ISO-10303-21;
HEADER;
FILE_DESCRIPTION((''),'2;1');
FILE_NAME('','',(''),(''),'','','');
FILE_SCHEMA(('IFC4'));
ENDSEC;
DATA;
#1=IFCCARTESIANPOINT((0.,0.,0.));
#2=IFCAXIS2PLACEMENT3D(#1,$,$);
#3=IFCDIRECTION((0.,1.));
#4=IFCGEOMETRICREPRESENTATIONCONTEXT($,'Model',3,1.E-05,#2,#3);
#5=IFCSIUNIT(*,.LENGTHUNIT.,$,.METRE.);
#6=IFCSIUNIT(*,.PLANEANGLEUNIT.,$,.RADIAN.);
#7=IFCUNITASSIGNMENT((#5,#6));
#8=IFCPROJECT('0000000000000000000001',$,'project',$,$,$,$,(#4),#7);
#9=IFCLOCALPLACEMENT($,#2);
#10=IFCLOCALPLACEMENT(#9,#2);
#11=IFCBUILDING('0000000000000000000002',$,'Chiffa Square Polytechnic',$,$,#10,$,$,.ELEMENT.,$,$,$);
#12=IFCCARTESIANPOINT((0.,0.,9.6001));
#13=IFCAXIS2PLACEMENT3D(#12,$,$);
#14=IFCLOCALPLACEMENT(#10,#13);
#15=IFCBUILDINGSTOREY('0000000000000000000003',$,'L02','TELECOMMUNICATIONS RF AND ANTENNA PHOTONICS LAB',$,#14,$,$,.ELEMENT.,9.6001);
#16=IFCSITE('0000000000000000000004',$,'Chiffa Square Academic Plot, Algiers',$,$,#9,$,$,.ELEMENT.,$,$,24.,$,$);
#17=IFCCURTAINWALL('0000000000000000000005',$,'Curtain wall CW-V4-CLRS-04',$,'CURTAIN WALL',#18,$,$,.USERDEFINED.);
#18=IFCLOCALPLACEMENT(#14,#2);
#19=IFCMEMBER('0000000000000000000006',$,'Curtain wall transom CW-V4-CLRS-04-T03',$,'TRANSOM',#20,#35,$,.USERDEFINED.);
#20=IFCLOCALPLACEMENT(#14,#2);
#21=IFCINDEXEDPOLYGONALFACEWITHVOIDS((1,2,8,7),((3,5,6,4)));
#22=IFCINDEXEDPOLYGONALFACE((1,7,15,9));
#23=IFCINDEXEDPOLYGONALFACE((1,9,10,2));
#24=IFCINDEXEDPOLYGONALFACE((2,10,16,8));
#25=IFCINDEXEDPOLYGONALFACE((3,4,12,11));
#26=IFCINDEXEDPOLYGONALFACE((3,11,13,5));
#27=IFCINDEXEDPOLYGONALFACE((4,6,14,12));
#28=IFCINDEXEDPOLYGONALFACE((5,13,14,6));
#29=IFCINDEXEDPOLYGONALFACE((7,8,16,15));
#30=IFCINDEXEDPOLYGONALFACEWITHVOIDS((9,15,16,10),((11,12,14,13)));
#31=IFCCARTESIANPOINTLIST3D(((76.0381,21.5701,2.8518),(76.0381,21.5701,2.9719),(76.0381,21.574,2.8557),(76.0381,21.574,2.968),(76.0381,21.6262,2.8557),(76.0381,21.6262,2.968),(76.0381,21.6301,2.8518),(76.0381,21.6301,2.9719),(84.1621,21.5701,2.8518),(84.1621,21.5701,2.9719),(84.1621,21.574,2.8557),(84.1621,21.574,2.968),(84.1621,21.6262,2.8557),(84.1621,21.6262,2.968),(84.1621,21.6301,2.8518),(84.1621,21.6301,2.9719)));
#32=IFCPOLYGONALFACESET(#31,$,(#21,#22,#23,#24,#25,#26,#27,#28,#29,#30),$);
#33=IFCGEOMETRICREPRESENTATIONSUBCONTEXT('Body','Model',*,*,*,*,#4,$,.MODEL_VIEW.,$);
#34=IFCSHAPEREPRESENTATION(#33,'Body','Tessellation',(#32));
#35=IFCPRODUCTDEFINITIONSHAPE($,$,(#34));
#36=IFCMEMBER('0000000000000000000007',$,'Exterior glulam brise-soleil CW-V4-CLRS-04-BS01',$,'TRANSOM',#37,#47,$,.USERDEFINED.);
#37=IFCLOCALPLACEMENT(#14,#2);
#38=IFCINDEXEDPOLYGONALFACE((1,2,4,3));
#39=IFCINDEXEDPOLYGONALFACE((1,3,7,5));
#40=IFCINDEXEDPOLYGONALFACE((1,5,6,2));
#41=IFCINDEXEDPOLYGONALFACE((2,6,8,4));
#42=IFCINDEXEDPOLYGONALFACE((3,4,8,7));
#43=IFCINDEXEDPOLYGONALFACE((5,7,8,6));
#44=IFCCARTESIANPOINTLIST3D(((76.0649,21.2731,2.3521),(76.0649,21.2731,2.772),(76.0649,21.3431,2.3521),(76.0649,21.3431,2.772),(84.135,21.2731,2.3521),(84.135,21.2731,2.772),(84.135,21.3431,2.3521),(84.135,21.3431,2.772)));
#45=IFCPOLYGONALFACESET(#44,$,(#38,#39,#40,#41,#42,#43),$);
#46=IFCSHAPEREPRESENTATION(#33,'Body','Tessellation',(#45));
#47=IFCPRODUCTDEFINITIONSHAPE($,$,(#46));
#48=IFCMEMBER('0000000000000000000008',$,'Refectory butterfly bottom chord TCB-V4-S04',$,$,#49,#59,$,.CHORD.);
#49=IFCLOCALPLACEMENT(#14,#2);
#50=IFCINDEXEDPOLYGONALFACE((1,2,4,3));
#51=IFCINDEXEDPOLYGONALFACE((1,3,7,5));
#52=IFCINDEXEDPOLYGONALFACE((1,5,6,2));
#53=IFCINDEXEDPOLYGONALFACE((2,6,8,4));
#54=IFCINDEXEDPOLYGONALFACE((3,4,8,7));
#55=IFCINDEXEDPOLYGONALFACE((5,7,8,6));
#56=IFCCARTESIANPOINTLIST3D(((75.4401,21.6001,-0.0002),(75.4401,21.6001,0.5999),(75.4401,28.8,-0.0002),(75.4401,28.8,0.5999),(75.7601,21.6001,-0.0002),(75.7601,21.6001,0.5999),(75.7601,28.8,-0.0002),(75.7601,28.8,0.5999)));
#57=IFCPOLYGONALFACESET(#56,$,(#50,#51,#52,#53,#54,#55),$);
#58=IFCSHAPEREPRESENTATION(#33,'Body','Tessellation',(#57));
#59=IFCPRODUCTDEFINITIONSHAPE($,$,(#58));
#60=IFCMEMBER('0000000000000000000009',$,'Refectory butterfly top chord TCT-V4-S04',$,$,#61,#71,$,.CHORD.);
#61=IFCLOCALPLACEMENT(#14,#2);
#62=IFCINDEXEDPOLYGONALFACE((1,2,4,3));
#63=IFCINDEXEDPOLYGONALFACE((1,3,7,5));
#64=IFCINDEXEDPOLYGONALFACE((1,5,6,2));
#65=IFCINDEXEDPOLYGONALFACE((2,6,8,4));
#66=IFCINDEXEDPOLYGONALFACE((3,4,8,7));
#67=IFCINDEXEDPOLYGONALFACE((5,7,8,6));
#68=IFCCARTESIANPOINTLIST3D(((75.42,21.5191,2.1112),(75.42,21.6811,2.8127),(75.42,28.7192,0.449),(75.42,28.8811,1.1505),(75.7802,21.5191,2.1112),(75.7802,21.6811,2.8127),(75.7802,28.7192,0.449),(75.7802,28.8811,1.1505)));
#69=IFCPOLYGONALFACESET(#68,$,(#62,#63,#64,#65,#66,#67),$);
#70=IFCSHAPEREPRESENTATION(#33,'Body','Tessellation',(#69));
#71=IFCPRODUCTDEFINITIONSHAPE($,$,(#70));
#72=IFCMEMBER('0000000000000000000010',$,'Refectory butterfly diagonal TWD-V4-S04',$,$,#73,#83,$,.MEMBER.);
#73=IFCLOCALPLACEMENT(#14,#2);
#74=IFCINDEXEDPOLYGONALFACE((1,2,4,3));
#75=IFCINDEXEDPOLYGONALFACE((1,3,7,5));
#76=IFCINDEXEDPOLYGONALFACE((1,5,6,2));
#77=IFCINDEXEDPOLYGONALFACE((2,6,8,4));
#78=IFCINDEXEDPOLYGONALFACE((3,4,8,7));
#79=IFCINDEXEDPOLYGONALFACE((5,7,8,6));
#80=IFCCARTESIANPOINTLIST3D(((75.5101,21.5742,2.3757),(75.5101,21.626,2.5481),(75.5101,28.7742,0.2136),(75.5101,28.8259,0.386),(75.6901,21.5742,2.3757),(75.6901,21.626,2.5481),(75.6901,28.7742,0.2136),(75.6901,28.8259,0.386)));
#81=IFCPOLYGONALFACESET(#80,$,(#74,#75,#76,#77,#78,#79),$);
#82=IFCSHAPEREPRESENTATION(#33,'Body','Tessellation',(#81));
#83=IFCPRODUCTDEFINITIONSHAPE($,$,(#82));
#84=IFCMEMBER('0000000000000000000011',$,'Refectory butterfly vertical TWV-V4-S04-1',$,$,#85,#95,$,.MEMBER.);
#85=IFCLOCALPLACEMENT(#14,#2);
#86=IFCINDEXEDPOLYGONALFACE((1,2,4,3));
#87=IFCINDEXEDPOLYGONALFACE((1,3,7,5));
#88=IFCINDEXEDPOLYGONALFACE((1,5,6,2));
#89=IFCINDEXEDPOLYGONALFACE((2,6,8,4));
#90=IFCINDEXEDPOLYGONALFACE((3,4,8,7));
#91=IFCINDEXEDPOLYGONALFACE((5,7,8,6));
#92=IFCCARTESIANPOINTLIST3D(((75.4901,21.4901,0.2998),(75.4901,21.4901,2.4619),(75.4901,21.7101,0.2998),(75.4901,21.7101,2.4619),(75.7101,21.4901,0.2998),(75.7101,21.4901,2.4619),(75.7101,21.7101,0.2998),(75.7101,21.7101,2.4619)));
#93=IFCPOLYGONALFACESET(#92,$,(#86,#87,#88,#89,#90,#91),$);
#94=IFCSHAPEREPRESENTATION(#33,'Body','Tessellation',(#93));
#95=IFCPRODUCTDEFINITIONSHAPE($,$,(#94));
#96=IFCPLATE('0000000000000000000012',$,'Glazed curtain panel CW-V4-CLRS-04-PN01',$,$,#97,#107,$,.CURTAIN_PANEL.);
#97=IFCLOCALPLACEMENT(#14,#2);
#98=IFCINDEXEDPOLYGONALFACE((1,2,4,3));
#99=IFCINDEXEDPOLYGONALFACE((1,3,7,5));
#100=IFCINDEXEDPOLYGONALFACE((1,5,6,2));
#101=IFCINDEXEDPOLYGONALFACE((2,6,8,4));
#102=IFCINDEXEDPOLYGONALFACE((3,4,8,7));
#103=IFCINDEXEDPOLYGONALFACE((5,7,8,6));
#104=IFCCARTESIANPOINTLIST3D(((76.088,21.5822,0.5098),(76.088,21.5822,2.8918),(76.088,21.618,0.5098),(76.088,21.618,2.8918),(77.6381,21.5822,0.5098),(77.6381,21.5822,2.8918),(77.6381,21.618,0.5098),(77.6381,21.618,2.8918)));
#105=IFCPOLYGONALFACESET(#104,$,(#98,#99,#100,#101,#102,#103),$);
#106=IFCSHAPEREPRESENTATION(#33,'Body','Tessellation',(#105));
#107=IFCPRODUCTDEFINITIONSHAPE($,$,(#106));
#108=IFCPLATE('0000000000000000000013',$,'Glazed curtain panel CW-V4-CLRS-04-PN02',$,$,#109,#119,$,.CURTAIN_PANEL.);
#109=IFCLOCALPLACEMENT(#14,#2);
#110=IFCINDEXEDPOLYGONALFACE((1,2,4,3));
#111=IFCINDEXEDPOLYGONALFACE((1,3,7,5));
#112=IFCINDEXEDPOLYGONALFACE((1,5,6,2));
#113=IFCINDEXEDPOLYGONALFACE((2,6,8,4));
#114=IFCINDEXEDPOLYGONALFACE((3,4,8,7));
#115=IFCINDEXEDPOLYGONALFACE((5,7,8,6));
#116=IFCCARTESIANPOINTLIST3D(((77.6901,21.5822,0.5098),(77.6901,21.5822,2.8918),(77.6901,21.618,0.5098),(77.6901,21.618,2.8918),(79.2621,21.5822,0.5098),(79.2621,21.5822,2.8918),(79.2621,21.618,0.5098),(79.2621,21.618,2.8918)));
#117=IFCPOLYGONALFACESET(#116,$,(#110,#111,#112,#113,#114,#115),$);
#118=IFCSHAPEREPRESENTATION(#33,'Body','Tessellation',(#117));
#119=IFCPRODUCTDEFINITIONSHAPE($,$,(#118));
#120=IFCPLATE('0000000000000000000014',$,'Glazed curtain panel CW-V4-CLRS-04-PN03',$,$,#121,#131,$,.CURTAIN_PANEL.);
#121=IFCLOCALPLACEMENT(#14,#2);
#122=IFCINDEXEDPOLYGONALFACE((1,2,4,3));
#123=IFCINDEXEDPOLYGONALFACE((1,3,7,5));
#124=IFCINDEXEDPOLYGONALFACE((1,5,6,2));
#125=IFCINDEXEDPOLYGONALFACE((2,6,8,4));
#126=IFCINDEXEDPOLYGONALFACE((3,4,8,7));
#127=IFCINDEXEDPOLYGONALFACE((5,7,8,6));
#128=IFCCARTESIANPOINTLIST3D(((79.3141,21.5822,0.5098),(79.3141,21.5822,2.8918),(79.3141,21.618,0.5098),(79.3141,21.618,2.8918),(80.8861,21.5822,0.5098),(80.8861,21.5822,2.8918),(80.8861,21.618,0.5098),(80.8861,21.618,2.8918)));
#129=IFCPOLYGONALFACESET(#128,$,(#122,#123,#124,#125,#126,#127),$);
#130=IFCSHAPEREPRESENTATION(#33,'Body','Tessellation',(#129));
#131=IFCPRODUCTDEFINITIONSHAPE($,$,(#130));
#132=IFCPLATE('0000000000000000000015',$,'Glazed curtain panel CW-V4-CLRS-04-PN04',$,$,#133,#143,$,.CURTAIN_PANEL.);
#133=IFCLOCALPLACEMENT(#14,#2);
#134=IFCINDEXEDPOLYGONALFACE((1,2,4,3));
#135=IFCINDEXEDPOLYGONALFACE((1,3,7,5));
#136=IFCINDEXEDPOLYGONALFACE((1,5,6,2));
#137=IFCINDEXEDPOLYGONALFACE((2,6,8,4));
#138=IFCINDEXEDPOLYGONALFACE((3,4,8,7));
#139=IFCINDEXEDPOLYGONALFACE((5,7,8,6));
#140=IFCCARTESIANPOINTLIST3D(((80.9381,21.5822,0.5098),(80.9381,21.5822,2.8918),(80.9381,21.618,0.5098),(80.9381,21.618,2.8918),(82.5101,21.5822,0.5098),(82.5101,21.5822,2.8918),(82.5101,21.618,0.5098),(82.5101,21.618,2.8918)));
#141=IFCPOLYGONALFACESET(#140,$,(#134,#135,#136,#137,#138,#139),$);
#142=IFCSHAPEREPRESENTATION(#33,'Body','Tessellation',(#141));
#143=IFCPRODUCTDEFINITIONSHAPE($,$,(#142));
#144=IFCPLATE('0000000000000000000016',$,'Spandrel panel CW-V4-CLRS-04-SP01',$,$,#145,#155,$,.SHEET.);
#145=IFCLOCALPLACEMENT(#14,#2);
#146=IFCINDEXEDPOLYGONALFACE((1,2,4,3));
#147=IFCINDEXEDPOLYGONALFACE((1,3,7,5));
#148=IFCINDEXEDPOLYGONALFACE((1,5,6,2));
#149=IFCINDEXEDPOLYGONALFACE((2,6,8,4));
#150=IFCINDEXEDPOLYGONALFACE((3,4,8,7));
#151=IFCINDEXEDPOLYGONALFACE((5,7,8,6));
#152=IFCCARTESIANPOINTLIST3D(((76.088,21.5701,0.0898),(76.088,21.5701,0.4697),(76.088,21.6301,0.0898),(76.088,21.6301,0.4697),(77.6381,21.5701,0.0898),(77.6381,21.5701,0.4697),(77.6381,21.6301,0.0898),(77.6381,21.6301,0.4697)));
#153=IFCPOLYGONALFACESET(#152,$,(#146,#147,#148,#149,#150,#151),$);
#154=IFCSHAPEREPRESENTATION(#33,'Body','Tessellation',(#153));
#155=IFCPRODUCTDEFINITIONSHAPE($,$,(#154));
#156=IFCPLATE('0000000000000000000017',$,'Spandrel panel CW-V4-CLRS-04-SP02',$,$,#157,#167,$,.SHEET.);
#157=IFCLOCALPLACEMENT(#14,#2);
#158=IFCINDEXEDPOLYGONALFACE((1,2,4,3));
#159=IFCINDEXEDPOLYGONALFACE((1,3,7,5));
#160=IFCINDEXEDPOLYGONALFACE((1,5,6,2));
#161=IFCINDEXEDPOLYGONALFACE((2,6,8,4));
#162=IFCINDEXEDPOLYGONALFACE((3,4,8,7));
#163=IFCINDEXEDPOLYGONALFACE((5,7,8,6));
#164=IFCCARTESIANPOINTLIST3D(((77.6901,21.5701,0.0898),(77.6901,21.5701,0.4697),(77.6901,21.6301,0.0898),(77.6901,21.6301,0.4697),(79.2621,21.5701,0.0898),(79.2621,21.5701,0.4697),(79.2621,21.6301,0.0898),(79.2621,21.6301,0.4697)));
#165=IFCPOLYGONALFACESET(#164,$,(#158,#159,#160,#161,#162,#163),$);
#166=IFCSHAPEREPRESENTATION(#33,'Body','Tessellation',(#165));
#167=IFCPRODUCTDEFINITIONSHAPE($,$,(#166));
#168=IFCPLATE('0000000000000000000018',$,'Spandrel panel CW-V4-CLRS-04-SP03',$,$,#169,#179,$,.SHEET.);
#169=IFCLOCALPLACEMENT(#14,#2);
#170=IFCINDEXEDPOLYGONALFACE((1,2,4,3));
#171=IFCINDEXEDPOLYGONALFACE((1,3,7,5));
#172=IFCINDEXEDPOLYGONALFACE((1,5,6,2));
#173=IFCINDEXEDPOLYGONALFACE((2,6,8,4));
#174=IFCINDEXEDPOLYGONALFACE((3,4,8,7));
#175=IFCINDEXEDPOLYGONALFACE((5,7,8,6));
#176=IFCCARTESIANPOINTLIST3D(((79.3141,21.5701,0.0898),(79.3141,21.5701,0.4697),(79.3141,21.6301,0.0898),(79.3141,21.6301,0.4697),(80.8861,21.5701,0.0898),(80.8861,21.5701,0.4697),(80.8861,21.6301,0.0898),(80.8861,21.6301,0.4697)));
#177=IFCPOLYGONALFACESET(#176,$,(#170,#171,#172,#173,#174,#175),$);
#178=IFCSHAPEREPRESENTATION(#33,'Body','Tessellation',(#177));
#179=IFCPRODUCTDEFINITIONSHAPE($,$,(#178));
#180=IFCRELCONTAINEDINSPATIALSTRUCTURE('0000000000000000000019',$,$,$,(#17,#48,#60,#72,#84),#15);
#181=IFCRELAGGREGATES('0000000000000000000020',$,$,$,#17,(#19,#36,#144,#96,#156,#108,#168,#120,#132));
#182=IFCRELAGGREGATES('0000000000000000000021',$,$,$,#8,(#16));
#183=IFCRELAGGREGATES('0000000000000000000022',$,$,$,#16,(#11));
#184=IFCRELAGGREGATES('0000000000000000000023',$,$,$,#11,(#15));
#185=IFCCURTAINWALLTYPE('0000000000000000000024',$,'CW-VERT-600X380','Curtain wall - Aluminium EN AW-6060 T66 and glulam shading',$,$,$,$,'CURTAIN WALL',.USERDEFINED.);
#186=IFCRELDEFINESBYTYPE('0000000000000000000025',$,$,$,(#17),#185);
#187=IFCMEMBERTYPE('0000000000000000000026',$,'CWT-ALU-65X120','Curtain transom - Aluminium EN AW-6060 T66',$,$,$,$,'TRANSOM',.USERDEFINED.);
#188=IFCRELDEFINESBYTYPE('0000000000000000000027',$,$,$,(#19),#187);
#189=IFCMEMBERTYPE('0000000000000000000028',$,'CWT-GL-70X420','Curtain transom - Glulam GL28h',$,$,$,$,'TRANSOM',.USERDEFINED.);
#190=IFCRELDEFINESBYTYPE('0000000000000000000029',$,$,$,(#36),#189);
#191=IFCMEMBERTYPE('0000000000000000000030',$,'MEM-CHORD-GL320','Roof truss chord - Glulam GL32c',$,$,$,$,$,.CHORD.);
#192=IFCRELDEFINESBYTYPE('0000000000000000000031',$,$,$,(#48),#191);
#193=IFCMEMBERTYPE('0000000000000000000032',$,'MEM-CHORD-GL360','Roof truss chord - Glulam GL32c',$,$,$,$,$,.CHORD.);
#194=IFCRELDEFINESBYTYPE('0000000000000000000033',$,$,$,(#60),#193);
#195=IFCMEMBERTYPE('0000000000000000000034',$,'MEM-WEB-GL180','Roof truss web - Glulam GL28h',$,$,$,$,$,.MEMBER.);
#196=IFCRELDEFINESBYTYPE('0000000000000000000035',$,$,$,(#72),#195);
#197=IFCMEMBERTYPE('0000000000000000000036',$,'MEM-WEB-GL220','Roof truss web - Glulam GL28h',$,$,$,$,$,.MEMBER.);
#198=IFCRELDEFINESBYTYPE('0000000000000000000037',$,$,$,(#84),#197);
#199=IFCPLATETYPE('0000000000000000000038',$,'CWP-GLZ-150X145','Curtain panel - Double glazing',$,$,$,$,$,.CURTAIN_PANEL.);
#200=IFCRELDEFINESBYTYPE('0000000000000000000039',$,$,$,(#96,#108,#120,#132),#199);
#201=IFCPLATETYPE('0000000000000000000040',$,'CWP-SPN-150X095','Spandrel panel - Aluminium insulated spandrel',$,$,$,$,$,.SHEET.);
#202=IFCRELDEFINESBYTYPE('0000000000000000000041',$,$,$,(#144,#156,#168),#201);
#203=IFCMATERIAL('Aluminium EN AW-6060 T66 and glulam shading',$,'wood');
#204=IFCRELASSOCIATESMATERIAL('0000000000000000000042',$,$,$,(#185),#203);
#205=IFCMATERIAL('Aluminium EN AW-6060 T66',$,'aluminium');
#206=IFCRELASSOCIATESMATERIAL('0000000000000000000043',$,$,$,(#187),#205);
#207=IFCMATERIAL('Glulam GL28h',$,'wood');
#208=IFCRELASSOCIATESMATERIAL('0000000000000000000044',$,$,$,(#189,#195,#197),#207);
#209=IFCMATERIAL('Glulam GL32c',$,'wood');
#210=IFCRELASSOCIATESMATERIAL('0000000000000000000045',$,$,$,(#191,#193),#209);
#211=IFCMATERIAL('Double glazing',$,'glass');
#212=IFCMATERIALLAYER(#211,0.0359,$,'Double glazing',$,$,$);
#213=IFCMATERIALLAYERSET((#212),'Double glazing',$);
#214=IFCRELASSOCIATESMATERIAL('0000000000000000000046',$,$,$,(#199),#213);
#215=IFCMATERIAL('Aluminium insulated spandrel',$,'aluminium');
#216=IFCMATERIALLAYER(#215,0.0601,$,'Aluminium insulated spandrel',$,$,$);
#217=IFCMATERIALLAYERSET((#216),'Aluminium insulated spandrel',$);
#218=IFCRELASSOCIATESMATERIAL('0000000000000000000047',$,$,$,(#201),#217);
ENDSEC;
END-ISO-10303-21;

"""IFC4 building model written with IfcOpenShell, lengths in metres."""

from ifc_helpers import new_model, si_unit, direction, frame, origin, origin_2d, place, context, subcontext, project, spatial, rectangle, hollow_rectangle, extrude, material, layer, layer_set, material_profile, profile_set, type_object, element, aggregate, save


model = new_model("IFC4")

# Units and contexts
model_context = context("Model", 3, precision=1e-05, world=origin(), true_north=direction((0.0, 1.0)))
body_context = subcontext(model_context, "Body", "Model", "MODEL_VIEW")
ifc_project = project(units=[si_unit("LENGTHUNIT", "METRE"), si_unit("PLANEANGLEUNIT", "RADIAN")], contexts=[model_context])

# Site, building, storey
site_placement = place(None, origin())
site = spatial("IfcSite", under=ifc_project, at=site_placement, Name="Chiffa Square Academic Plot, Algiers", CompositionType="ELEMENT", RefElevation=24.0)
building_placement = place(site_placement, origin())
building = spatial("IfcBuilding", under=site, at=building_placement, Name="Chiffa Square Polytechnic", CompositionType="ELEMENT")
storey_placement = place(building_placement, frame((0.0, 0.0, 9.6001)))
storey = spatial("IfcBuildingStorey", under=building, at=storey_placement, Name="L02", Description="TELECOMMUNICATIONS RF AND ANTENNA PHOTONICS LAB", CompositionType="ELEMENT", Elevation=9.6001)

# Shared definitions
ifc_material_1 = material(Name="Aluminium EN AW-6060 T66 and glulam shading", Category="wood")
ifc_material_2 = material(Name="Aluminium EN AW-6060 T66", Category="aluminium")

# Curtain wall
curtain_wall_type_1 = type_object("IfcCurtainWallType", Name="CW-VERT-600X380", Description="Curtain wall - Aluminium EN AW-6060 T66 and glulam shading", ElementType="CURTAIN WALL", PredefinedType="USERDEFINED", material=ifc_material_1)
curtain_wall_1_placement = place(storey_placement, origin())
curtain_wall_1 = element("IfcCurtainWall", 1, at=curtain_wall_1_placement, inside=storey, type_object=curtain_wall_type_1, Name="Curtain wall CW-V4-CLRS-04", ObjectType="CURTAIN WALL", PredefinedType="USERDEFINED")

# Members
ifc_material_3 = material(Name="Glulam GL28h", Category="wood")
ifc_material_profile_1 = material_profile(ifc_material_2, hollow_rectangle(XDim=0.0601, YDim=0.1201, WallThickness=0.0039, at=origin_2d()), Name="ALU 60x120x4")
ifc_profile_set_1 = profile_set([ifc_material_profile_1], Name="Aluminium EN AW-6060 T66")
member_type_1 = type_object("IfcMemberType", Name="CWT-ALU-65X120", Description="Curtain transom - Aluminium EN AW-6060 T66", ElementType="TRANSOM", PredefinedType="USERDEFINED", material=ifc_profile_set_1)
member_1_placement = place(storey_placement, frame((76.0381, 21.6001, 2.9119), z_axis=(1.0, 0.0, 0.0), x_axis=(0.0, 1.0, 0.0)))
member_1 = element("IfcMember", 2, at=member_1_placement, type_object=member_type_1, Name="Curtain wall transom CW-V4-CLRS-04-T03", ObjectType="TRANSOM", PredefinedType="USERDEFINED", context=body_context, shape_type="SweptSolid", body=[
    extrude(hollow_rectangle(XDim=0.0601, YDim=0.1201, WallThickness=0.0039, at=origin_2d()), origin(), (0.0, 0.0, 1.0), 8.124),
])
ifc_material_profile_2 = material_profile(ifc_material_3, rectangle(XDim=0.0701, YDim=0.4199, at=origin_2d()), Name="GL28h 70x420")
ifc_profile_set_2 = profile_set([ifc_material_profile_2], Name="Glulam GL28h")
member_type_2 = type_object("IfcMemberType", Name="CWT-GL-70X420", Description="Curtain transom - Glulam GL28h", ElementType="TRANSOM", PredefinedType="USERDEFINED", material=ifc_profile_set_2)
member_2_placement = place(storey_placement, frame((76.0649, 21.3081, 2.562), z_axis=(1.0, 0.0, 0.0), x_axis=(0.0, 1.0, 0.0)))
member_2 = element("IfcMember", 3, at=member_2_placement, type_object=member_type_2, Name="Exterior glulam brise-soleil CW-V4-CLRS-04-BS01", ObjectType="TRANSOM", PredefinedType="USERDEFINED", context=body_context, shape_type="SweptSolid", body=[
    extrude(rectangle(XDim=0.0701, YDim=0.4199, at=origin_2d()), origin(), (0.0, 0.0, 1.0), 8.0701),
])

# Members
ifc_material_4 = material(Name="Glulam GL32c", Category="wood")
ifc_material_profile_3 = material_profile(ifc_material_4, rectangle(XDim=0.3201, YDim=0.6001, at=origin_2d()), Name="GL32c 320x600")
ifc_profile_set_3 = profile_set([ifc_material_profile_3], Name="Glulam GL32c")
member_type_3 = type_object("IfcMemberType", Name="MEM-CHORD-GL320", Description="Roof truss chord - Glulam GL32c", PredefinedType="CHORD", material=ifc_profile_set_3)
member_3_placement = place(storey_placement, frame((75.6001, 21.6001, 0.2998), z_axis=(0.0, 1.0, 0.0), x_axis=(-1.0, 0.0, 0.0)))
element("IfcMember", 4, at=member_3_placement, inside=storey, type_object=member_type_3, Name="Refectory butterfly bottom chord TCB-V4-S04", PredefinedType="CHORD", context=body_context, shape_type="SweptSolid", body=[
    extrude(rectangle(XDim=0.3201, YDim=0.6001, at=origin_2d()), origin(), (0.0, 0.0, 1.0), 7.2),
])
ifc_material_profile_4 = material_profile(ifc_material_4, rectangle(XDim=0.3601, YDim=0.72, at=origin_2d()), Name="GL32c 360x720")
ifc_profile_set_4 = profile_set([ifc_material_profile_4], Name="Glulam GL32c")
member_type_4 = type_object("IfcMemberType", Name="MEM-CHORD-GL360", Description="Roof truss chord - Glulam GL32c", PredefinedType="CHORD", material=ifc_profile_set_4)
member_4_placement = place(storey_placement, frame((75.6001, 21.6001, 2.4619), z_axis=(0.0, 0.974374, -0.224934), x_axis=(-1.0, 0.0, 0.0)))
element("IfcMember", 5, at=member_4_placement, inside=storey, type_object=member_type_4, Name="Refectory butterfly top chord TCT-V4-S04", PredefinedType="CHORD", context=body_context, shape_type="SweptSolid", body=[
    extrude(rectangle(XDim=0.3601, YDim=0.72, at=origin_2d()), origin(), (0.0, 0.0, 1.0), 7.3894),
])
ifc_material_profile_5 = material_profile(ifc_material_3, rectangle(XDim=0.1799, YDim=0.1799, at=origin_2d()), Name="GL28h 180x180")
ifc_profile_set_5 = profile_set([ifc_material_profile_5], Name="Glulam GL28h")
member_type_5 = type_object("IfcMemberType", Name="MEM-WEB-GL180", Description="Roof truss web - Glulam GL28h", PredefinedType="MEMBER", material=ifc_profile_set_5)
member_5_placement = place(storey_placement, frame((75.6001, 21.6001, 2.4619), z_axis=(0.0, 0.957748, -0.287607), x_axis=(-1.0, 0.0, 0.0)))
element("IfcMember", 6, at=member_5_placement, inside=storey, type_object=member_type_5, Name="Refectory butterfly diagonal TWD-V4-S04", PredefinedType="MEMBER", context=body_context, shape_type="SweptSolid", body=[
    extrude(rectangle(XDim=0.1799, YDim=0.1799, at=origin_2d()), origin(), (0.0, 0.0, 1.0), 7.5176),
])
ifc_material_profile_6 = material_profile(ifc_material_3, rectangle(XDim=0.22, YDim=0.22, at=origin_2d()), Name="GL28h 220x220")
ifc_profile_set_6 = profile_set([ifc_material_profile_6], Name="Glulam GL28h")
member_type_6 = type_object("IfcMemberType", Name="MEM-WEB-GL220", Description="Roof truss web - Glulam GL28h", PredefinedType="MEMBER", material=ifc_profile_set_6)
member_6_placement = place(storey_placement, frame((75.6001, 21.6001, 0.2998), z_axis=(0.0, 0.0, 1.0), x_axis=(1.0, 0.0, 0.0)))
element("IfcMember", 7, at=member_6_placement, inside=storey, type_object=member_type_6, Name="Refectory butterfly vertical TWV-V4-S04-1", PredefinedType="MEMBER", context=body_context, shape_type="SweptSolid", body=[
    extrude(rectangle(XDim=0.22, YDim=0.22, at=origin_2d()), origin(), (0.0, 0.0, 1.0), 2.1621),
])

# Plates
ifc_material_5 = material(Name="Double glazing", Category="glass")
ifc_layer_1 = layer(ifc_material_5, 0.0359, Name="Double glazing")
ifc_layer_set_1 = layer_set([ifc_layer_1], Name="Double glazing")
plate_type_1 = type_object("IfcPlateType", Name="CWP-GLZ-150X145", Description="Curtain panel - Double glazing", PredefinedType="CURTAIN_PANEL", material=ifc_layer_set_1)
plate_1_placement = place(storey_placement, frame((76.863, 21.6001, 0.5098), z_axis=(0.0, 0.0, 1.0), x_axis=(1.0, 0.0, 0.0)))
plate_1 = element("IfcPlate", 8, at=plate_1_placement, type_object=plate_type_1, Name="Glazed curtain panel CW-V4-CLRS-04-PN01", PredefinedType="CURTAIN_PANEL", context=body_context, shape_type="SweptSolid", body=[
    extrude(rectangle(XDim=1.55, YDim=0.0359, at=origin_2d()), origin(), (0.0, 0.0, 1.0), 2.3821),
])
plate_2_placement = place(storey_placement, frame((78.4761, 21.6001, 0.5098), z_axis=(0.0, 0.0, 1.0), x_axis=(1.0, 0.0, 0.0)))
plate_2 = element("IfcPlate", 9, at=plate_2_placement, type_object=plate_type_1, Name="Glazed curtain panel CW-V4-CLRS-04-PN02", PredefinedType="CURTAIN_PANEL", context=body_context, shape_type="SweptSolid", body=[
    extrude(rectangle(XDim=1.572, YDim=0.0359, at=origin_2d()), origin(), (0.0, 0.0, 1.0), 2.3821),
])
plate_3_placement = place(storey_placement, frame((80.1001, 21.6001, 0.5098), z_axis=(0.0, 0.0, 1.0), x_axis=(1.0, 0.0, 0.0)))
plate_3 = element("IfcPlate", 10, at=plate_3_placement, type_object=plate_type_1, Name="Glazed curtain panel CW-V4-CLRS-04-PN03", PredefinedType="CURTAIN_PANEL", context=body_context, shape_type="SweptSolid", body=[
    extrude(rectangle(XDim=1.572, YDim=0.0359, at=origin_2d()), origin(), (0.0, 0.0, 1.0), 2.3821),
])
plate_4_placement = place(storey_placement, frame((81.7241, 21.6001, 0.5098), z_axis=(0.0, 0.0, 1.0), x_axis=(1.0, 0.0, 0.0)))
plate_4 = element("IfcPlate", 11, at=plate_4_placement, type_object=plate_type_1, Name="Glazed curtain panel CW-V4-CLRS-04-PN04", PredefinedType="CURTAIN_PANEL", context=body_context, shape_type="SweptSolid", body=[
    extrude(rectangle(XDim=1.572, YDim=0.0359, at=origin_2d()), origin(), (0.0, 0.0, 1.0), 2.3821),
])
ifc_material_6 = material(Name="Aluminium insulated spandrel", Category="aluminium")
ifc_layer_2 = layer(ifc_material_6, 0.0601, Name="Aluminium insulated spandrel")
ifc_layer_set_2 = layer_set([ifc_layer_2], Name="Aluminium insulated spandrel")
plate_type_2 = type_object("IfcPlateType", Name="CWP-SPN-150X095", Description="Spandrel panel - Aluminium insulated spandrel", PredefinedType="SHEET", material=ifc_layer_set_2)
plate_5_placement = place(storey_placement, frame((76.863, 21.6001, 0.0898), z_axis=(0.0, 0.0, 1.0), x_axis=(1.0, 0.0, 0.0)))
plate_5 = element("IfcPlate", 12, at=plate_5_placement, type_object=plate_type_2, Name="Spandrel panel CW-V4-CLRS-04-SP01", PredefinedType="SHEET", context=body_context, shape_type="SweptSolid", body=[
    extrude(rectangle(XDim=1.55, YDim=0.0601, at=origin_2d()), origin(), (0.0, 0.0, 1.0), 0.3799),
])
plate_6_placement = place(storey_placement, frame((78.4761, 21.6001, 0.0898), z_axis=(0.0, 0.0, 1.0), x_axis=(1.0, 0.0, 0.0)))
plate_6 = element("IfcPlate", 13, at=plate_6_placement, type_object=plate_type_2, Name="Spandrel panel CW-V4-CLRS-04-SP02", PredefinedType="SHEET", context=body_context, shape_type="SweptSolid", body=[
    extrude(rectangle(XDim=1.572, YDim=0.0601, at=origin_2d()), origin(), (0.0, 0.0, 1.0), 0.3799),
])
plate_7_placement = place(storey_placement, frame((80.1001, 21.6001, 0.0898), z_axis=(0.0, 0.0, 1.0), x_axis=(1.0, 0.0, 0.0)))
plate_7 = element("IfcPlate", 14, at=plate_7_placement, type_object=plate_type_2, Name="Spandrel panel CW-V4-CLRS-04-SP03", PredefinedType="SHEET", context=body_context, shape_type="SweptSolid", body=[
    extrude(rectangle(XDim=1.572, YDim=0.0601, at=origin_2d()), origin(), (0.0, 0.0, 1.0), 0.3799),
])
aggregate(curtain_wall_1, [member_1, member_2, plate_5, plate_1, plate_6, plate_2, plate_7, plate_3, plate_4])

save(model, "model.ifc")
